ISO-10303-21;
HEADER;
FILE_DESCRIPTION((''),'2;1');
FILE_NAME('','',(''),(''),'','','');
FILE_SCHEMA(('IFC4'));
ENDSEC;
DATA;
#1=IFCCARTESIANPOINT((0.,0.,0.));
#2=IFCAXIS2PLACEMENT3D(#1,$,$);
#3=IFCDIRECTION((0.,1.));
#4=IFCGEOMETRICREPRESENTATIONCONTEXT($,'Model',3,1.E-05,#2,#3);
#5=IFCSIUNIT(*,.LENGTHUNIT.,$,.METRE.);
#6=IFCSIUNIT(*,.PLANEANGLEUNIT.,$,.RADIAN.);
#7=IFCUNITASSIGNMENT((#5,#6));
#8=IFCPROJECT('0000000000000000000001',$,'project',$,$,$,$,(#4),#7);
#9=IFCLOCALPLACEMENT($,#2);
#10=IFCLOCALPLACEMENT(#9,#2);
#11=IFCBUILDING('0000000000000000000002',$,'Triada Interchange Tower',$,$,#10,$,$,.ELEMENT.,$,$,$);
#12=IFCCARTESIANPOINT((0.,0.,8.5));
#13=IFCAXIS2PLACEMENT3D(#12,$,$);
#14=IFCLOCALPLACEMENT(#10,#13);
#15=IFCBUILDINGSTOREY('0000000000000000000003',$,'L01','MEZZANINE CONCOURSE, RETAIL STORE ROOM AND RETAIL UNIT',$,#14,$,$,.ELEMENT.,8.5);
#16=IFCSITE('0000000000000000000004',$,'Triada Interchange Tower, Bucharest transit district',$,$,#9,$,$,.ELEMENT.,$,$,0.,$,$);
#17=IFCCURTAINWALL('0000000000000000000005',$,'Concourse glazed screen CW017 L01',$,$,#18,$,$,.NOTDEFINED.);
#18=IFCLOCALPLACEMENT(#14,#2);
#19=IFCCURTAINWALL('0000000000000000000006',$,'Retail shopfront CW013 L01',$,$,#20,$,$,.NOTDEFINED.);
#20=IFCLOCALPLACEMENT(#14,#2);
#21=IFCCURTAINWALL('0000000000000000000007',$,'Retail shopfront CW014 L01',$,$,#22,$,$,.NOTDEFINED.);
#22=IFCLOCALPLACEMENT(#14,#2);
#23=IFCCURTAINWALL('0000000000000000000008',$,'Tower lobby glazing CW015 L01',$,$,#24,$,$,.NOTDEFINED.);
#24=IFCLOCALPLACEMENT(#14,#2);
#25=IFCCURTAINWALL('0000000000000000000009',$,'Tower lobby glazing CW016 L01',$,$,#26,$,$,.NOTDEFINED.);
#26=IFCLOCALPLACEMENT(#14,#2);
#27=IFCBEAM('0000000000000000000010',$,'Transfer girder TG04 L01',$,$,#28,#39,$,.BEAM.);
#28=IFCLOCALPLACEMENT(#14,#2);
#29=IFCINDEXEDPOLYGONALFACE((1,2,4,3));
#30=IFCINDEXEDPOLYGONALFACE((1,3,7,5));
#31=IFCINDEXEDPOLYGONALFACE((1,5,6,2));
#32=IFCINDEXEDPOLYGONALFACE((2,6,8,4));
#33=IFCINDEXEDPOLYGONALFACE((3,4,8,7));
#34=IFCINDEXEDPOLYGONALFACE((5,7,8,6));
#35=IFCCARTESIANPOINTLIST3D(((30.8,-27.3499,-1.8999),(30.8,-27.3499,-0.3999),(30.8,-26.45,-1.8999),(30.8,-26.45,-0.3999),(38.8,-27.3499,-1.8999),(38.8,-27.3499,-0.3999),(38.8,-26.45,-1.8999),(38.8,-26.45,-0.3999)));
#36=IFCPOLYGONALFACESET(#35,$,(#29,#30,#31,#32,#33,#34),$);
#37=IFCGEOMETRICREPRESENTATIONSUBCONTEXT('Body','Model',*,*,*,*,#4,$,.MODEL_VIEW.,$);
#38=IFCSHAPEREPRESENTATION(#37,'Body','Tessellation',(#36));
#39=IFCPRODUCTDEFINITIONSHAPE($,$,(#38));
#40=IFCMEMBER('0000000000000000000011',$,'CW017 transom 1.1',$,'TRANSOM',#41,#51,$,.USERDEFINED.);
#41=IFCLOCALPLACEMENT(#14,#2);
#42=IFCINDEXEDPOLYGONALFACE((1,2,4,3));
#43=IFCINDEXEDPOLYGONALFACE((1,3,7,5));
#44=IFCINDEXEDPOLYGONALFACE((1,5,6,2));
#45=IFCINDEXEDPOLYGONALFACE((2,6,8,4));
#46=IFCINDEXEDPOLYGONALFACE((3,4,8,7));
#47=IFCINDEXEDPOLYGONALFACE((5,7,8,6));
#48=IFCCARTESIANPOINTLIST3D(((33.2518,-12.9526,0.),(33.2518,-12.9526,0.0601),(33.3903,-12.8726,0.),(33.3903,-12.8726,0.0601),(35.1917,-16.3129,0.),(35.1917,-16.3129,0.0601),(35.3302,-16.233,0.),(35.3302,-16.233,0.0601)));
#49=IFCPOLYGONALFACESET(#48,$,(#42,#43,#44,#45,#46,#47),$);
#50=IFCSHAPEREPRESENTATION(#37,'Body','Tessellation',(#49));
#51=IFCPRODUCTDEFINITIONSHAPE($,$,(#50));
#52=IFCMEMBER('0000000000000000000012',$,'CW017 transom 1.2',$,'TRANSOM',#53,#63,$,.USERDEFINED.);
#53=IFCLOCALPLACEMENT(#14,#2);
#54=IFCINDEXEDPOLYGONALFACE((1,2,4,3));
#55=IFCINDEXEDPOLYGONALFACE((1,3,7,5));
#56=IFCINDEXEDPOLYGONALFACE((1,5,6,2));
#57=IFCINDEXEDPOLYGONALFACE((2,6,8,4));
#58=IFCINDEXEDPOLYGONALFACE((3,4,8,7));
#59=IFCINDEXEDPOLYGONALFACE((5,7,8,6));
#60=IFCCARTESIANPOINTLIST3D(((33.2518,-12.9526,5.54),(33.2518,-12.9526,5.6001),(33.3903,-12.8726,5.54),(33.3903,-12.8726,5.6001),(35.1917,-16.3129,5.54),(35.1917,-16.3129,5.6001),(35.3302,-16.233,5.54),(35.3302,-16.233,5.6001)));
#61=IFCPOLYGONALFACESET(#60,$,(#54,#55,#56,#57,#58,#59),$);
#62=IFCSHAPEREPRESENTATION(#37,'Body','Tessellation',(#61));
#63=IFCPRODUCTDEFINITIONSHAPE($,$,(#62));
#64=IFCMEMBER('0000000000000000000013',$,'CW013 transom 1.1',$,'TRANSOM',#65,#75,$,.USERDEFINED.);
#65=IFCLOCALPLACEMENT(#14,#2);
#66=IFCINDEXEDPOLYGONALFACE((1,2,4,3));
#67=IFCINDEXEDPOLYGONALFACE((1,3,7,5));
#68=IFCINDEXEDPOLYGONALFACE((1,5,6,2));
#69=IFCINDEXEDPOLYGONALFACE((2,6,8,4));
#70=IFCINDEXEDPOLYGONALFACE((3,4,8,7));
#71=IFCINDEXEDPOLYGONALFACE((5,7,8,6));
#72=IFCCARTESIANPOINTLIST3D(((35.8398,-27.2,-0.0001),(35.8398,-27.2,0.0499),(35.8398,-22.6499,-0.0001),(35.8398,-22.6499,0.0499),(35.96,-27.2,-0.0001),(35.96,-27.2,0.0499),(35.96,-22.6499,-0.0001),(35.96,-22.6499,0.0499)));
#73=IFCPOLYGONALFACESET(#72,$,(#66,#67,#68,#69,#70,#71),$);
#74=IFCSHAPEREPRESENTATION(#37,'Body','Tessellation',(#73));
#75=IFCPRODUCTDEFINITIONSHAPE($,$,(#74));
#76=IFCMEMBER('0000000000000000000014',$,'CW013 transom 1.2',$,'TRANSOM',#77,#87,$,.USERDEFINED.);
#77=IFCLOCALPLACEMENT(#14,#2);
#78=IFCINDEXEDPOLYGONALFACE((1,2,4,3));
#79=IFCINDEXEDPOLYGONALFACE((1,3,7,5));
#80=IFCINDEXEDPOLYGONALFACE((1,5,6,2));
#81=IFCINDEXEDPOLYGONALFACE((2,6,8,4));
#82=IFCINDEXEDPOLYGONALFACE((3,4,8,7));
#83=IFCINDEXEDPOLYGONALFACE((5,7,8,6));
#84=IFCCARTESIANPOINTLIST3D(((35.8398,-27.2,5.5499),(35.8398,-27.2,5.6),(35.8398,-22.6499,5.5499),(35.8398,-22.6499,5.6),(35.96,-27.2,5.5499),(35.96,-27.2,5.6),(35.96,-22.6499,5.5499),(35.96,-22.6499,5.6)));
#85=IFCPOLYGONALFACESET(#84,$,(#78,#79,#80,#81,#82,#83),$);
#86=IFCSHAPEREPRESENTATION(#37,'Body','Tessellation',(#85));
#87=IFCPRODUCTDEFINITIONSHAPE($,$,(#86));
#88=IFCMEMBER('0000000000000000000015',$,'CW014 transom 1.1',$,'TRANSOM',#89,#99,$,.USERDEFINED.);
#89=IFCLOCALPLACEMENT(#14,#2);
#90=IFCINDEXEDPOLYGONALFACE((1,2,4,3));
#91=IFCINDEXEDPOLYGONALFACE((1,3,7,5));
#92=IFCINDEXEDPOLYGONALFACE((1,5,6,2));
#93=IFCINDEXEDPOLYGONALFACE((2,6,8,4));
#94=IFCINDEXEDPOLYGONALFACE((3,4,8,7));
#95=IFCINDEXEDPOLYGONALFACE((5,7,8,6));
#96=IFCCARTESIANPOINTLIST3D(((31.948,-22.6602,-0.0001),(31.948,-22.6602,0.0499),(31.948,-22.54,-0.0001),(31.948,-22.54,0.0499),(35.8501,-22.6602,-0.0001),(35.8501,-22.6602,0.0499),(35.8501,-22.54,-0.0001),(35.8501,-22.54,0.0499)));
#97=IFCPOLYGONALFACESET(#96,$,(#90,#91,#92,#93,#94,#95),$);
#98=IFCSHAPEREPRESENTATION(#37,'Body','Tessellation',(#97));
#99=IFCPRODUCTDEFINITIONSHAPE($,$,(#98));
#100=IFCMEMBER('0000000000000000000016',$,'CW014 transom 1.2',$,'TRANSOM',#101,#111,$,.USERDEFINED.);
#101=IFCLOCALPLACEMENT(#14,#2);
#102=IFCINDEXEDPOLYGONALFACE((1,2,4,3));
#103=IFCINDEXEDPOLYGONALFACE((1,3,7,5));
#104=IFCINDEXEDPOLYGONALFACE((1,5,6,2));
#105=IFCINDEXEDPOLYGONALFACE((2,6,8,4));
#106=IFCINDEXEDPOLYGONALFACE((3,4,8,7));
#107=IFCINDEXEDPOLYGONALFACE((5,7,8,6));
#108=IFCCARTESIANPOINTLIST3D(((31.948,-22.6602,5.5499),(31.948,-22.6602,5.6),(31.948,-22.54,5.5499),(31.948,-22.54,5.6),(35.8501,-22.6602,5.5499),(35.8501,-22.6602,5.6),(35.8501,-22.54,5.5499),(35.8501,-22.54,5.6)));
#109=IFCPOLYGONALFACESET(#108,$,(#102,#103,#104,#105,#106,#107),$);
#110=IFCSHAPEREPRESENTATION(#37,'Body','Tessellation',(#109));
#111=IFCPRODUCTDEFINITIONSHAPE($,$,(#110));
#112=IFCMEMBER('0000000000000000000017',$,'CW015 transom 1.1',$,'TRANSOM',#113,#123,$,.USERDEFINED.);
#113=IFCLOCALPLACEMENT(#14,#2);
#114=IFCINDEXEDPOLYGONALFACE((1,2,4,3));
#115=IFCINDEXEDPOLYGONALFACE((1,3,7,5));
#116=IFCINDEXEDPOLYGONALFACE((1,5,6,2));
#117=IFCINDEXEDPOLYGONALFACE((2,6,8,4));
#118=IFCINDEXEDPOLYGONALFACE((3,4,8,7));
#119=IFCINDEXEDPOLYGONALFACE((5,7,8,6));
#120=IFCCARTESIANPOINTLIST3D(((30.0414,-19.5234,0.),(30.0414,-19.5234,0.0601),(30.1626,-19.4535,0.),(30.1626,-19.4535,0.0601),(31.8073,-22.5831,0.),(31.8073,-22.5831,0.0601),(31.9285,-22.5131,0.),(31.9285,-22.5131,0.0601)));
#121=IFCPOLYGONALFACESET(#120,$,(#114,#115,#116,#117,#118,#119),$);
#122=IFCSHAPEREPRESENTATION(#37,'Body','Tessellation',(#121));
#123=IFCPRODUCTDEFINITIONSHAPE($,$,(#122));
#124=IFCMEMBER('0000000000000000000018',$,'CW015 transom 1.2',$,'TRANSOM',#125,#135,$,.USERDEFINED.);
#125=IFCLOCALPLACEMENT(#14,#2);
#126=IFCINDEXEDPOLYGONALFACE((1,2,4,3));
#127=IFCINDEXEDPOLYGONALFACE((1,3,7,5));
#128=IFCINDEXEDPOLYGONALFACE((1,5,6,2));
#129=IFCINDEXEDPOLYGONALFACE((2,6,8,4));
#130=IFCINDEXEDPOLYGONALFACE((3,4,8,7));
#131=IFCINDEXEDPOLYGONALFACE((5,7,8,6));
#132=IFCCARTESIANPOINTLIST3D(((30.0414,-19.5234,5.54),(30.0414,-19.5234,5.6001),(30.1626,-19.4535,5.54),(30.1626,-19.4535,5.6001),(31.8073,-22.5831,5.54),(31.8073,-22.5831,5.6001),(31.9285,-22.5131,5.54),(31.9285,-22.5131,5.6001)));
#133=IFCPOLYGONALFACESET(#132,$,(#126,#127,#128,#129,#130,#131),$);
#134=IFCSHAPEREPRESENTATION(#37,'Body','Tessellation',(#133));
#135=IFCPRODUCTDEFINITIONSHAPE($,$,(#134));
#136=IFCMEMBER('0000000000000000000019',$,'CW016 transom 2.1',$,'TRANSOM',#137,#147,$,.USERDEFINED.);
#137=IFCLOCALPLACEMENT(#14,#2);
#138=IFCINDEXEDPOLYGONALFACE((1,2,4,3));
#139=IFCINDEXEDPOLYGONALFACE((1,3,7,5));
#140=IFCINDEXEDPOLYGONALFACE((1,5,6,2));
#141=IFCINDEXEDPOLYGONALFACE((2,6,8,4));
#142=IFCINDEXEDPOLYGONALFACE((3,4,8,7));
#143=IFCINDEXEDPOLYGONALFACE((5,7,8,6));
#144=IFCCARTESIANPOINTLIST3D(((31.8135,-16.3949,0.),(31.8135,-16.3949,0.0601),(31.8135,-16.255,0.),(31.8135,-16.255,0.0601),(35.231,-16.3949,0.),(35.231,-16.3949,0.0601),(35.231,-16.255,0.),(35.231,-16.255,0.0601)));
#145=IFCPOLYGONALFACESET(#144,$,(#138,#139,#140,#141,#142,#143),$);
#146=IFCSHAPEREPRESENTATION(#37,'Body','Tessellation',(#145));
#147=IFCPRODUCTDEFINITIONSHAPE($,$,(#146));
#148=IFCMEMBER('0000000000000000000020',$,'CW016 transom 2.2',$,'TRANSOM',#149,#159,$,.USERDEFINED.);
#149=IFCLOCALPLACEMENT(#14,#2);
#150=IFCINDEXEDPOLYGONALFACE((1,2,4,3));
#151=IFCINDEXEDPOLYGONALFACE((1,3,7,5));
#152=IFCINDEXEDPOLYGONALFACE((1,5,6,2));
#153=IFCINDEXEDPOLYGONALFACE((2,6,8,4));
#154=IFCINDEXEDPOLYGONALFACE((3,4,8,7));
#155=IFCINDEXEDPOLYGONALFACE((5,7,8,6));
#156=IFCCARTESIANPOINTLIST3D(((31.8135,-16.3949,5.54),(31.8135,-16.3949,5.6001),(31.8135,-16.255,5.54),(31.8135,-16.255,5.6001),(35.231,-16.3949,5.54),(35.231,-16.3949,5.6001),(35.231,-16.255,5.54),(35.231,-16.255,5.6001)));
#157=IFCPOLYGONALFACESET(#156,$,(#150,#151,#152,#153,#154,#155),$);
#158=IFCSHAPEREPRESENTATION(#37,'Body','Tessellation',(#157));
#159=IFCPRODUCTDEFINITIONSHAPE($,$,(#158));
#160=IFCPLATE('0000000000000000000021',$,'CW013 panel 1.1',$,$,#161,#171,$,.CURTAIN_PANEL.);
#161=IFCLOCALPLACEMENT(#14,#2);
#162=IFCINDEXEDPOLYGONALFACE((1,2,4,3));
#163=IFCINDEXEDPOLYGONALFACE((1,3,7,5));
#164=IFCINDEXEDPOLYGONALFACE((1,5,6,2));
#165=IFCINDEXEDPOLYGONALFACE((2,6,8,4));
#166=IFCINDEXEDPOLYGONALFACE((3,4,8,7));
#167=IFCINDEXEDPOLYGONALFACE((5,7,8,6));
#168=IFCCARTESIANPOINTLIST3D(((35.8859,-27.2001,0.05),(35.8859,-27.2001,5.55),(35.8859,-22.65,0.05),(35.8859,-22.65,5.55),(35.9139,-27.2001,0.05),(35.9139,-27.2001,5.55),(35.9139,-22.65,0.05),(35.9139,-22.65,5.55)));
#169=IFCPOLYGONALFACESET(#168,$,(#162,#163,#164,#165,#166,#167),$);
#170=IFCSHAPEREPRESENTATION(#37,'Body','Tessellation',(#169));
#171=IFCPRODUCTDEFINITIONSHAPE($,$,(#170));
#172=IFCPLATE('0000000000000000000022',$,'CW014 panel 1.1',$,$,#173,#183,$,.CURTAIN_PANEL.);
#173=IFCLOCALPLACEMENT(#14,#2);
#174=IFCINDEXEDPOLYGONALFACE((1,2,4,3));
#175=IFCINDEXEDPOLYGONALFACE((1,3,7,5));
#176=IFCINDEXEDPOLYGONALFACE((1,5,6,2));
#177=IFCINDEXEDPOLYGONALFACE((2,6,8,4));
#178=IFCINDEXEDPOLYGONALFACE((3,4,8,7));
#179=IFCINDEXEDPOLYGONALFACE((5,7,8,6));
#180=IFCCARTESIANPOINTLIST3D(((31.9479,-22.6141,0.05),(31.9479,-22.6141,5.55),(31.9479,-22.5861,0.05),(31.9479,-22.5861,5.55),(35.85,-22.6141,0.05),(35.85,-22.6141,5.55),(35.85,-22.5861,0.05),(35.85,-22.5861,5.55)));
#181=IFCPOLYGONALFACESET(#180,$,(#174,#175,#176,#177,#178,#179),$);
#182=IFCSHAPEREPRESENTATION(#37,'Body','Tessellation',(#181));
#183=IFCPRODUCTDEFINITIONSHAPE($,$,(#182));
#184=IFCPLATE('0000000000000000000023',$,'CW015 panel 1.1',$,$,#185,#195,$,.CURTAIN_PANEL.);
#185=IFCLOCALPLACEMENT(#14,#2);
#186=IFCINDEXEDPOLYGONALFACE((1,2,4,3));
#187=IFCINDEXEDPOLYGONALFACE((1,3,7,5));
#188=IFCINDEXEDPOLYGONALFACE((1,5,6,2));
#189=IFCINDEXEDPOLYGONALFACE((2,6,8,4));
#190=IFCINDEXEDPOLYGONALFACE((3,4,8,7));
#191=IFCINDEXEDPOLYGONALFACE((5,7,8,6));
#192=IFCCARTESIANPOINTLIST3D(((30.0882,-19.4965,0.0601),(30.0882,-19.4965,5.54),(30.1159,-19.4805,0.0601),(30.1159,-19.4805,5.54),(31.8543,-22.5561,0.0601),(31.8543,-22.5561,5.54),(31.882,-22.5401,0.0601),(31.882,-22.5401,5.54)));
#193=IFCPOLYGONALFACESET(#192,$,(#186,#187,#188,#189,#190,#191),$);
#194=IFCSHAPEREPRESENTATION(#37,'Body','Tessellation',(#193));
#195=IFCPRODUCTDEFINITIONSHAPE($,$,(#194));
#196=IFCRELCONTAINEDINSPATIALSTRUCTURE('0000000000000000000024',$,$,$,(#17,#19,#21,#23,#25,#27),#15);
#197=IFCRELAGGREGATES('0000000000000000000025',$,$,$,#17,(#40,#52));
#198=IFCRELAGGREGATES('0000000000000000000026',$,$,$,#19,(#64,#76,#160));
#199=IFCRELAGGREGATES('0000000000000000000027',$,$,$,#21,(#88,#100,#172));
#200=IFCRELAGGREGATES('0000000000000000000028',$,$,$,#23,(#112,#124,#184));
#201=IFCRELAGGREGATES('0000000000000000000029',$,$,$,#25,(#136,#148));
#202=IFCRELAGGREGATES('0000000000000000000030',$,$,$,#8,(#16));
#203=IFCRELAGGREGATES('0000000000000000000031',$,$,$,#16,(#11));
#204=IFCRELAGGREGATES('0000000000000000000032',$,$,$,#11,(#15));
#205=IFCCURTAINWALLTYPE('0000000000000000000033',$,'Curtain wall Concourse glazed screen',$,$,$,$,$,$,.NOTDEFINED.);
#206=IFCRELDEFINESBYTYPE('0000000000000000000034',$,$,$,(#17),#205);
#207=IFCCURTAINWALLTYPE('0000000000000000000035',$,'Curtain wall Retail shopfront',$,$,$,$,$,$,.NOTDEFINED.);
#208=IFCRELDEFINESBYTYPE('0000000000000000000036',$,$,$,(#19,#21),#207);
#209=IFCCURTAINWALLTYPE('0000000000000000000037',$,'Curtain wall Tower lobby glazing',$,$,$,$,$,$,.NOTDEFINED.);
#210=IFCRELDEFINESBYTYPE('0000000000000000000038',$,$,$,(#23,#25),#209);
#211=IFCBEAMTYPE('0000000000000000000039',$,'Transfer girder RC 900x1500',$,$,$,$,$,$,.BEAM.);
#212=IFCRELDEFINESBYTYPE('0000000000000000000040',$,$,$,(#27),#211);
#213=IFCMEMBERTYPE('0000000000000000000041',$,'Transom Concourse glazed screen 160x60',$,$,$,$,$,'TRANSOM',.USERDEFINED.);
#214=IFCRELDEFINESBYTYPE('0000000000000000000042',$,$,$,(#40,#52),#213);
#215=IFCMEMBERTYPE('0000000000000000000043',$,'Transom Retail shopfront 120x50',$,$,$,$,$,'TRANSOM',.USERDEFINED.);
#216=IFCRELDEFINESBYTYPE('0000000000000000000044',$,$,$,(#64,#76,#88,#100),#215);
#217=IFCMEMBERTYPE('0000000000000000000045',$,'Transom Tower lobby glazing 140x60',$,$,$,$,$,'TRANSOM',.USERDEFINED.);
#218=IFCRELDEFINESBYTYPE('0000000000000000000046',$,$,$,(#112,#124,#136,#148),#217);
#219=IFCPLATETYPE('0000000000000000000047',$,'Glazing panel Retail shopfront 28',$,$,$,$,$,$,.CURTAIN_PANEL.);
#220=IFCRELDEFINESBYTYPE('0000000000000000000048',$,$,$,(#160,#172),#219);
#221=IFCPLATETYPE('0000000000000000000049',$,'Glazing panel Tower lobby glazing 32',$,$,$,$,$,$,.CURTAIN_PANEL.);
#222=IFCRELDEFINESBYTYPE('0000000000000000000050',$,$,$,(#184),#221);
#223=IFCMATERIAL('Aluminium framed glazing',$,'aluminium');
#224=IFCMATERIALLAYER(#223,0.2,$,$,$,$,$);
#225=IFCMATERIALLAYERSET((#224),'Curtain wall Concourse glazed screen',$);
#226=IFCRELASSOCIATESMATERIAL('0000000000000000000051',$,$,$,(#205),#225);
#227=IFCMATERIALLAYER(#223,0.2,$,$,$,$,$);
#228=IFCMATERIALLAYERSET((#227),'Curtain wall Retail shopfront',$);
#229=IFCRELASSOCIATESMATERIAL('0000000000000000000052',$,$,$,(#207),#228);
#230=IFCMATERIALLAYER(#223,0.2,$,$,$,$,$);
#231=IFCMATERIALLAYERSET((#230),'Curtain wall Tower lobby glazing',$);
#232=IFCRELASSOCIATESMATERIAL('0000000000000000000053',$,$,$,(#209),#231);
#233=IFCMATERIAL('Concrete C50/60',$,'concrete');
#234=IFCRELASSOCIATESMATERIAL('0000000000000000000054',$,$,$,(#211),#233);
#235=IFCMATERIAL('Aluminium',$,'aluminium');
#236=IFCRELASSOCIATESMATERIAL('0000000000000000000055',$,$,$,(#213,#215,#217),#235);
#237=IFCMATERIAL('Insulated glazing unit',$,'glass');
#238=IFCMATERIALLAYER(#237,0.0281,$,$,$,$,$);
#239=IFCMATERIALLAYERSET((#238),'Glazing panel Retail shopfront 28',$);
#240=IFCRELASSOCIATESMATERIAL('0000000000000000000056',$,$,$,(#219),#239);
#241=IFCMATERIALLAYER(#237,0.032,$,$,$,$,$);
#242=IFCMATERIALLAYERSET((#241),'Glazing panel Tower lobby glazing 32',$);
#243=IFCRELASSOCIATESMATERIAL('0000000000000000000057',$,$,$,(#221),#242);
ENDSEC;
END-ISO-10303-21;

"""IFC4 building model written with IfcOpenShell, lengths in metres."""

from ifc_helpers import new_model, si_unit, direction, frame, origin, origin_2d, place, context, subcontext, project, spatial, rectangle, extrude, material, layer, layer_set, material_profile, profile_set, type_object, element, aggregate, save


model = new_model("IFC4")

# Units and contexts
model_context = context("Model", 3, precision=1e-05, world=origin(), true_north=direction((0.0, 1.0)))
body_context = subcontext(model_context, "Body", "Model", "MODEL_VIEW")
ifc_project = project(units=[si_unit("LENGTHUNIT", "METRE"), si_unit("PLANEANGLEUNIT", "RADIAN")], contexts=[model_context])

# Site, building, storey
site_placement = place(None, origin())
site = spatial("IfcSite", under=ifc_project, at=site_placement, Name="Triada Interchange Tower, Bucharest transit district", CompositionType="ELEMENT", RefElevation=0.0)
building_placement = place(site_placement, origin())
building = spatial("IfcBuilding", under=site, at=building_placement, Name="Triada Interchange Tower", CompositionType="ELEMENT")
storey_placement = place(building_placement, frame((0.0, 0.0, 8.5)))
storey = spatial("IfcBuildingStorey", under=building, at=storey_placement, Name="L01", Description="MEZZANINE CONCOURSE, RETAIL STORE ROOM AND RETAIL UNIT", CompositionType="ELEMENT", Elevation=8.5)

# Shared definitions
ifc_material_1 = material(Name="Concrete C50/60", Category="concrete")

# Curtain wall
ifc_material_2 = material(Name="Aluminium framed glazing", Category="aluminium")
ifc_layer_1 = layer(ifc_material_2, 0.2)
ifc_layer_set_1 = layer_set([ifc_layer_1], Name="Curtain wall Concourse glazed screen")
curtain_wall_type_1 = type_object("IfcCurtainWallType", Name="Curtain wall Concourse glazed screen", PredefinedType="NOTDEFINED", material=ifc_layer_set_1)
curtain_wall_1_placement = place(storey_placement, origin())
curtain_wall_1 = element("IfcCurtainWall", 1, at=curtain_wall_1_placement, inside=storey, type_object=curtain_wall_type_1, Name="Concourse glazed screen CW017 L01", PredefinedType="NOTDEFINED")
ifc_material_3 = material(Name="Aluminium", Category="aluminium")

# Curtain walls
ifc_layer_2 = layer(ifc_material_2, 0.2)
ifc_layer_set_2 = layer_set([ifc_layer_2], Name="Curtain wall Retail shopfront")
curtain_wall_type_2 = type_object("IfcCurtainWallType", Name="Curtain wall Retail shopfront", PredefinedType="NOTDEFINED", material=ifc_layer_set_2)
curtain_wall_2_placement = place(storey_placement, origin())
curtain_wall_2 = element("IfcCurtainWall", 2, at=curtain_wall_2_placement, inside=storey, type_object=curtain_wall_type_2, Name="Retail shopfront CW013 L01", PredefinedType="NOTDEFINED")
curtain_wall_3_placement = place(storey_placement, origin())
curtain_wall_3 = element("IfcCurtainWall", 3, at=curtain_wall_3_placement, inside=storey, type_object=curtain_wall_type_2, Name="Retail shopfront CW014 L01", PredefinedType="NOTDEFINED")

# Curtain wall
ifc_layer_3 = layer(ifc_material_2, 0.2)
ifc_layer_set_3 = layer_set([ifc_layer_3], Name="Curtain wall Tower lobby glazing")
curtain_wall_type_3 = type_object("IfcCurtainWallType", Name="Curtain wall Tower lobby glazing", PredefinedType="NOTDEFINED", material=ifc_layer_set_3)
curtain_wall_4_placement = place(storey_placement, origin())
curtain_wall_4 = element("IfcCurtainWall", 4, at=curtain_wall_4_placement, inside=storey, type_object=curtain_wall_type_3, Name="Tower lobby glazing CW015 L01", PredefinedType="NOTDEFINED")

# Curtain wall
curtain_wall_5_placement = place(storey_placement, origin())
curtain_wall_5 = element("IfcCurtainWall", 5, at=curtain_wall_5_placement, inside=storey, type_object=curtain_wall_type_3, Name="Tower lobby glazing CW016 L01", PredefinedType="NOTDEFINED")

# Beam
ifc_material_profile_1 = material_profile(ifc_material_1, rectangle(XDim=0.8999, YDim=1.5, at=origin_2d()), Name="RC 900x1500")
ifc_profile_set_1 = profile_set([ifc_material_profile_1], Name="Concrete C50/60")
beam_type = type_object("IfcBeamType", Name="Transfer girder RC 900x1500", PredefinedType="BEAM", material=ifc_profile_set_1)
beam_placement = place(storey_placement, frame((38.8, -26.8999, -1.1499), z_axis=(-1.0, 0.0, 0.0), x_axis=(0.0, -1.0, 0.0)))
element("IfcBeam", 6, at=beam_placement, inside=storey, type_object=beam_type, Name="Transfer girder TG04 L01", PredefinedType="BEAM", context=body_context, shape_type="SweptSolid", body=[
    extrude(rectangle(XDim=0.8999, YDim=1.5, at=origin_2d()), origin(), (0.0, 0.0, 1.0), 8.0),
])

# Members
ifc_material_profile_2 = material_profile(ifc_material_3, rectangle(XDim=0.1599, YDim=0.0601, at=origin_2d()), Name="Aluminium transom")
ifc_profile_set_2 = profile_set([ifc_material_profile_2], Name="Aluminium")
member_type_1 = type_object("IfcMemberType", Name="Transom Concourse glazed screen 160x60", ElementType="TRANSOM", PredefinedType="USERDEFINED", material=ifc_profile_set_2)
member_1_placement = place(storey_placement, frame((35.261, -16.2729, 0.03), z_axis=(-0.499969, 0.866043, 0.0), x_axis=(-0.866043, -0.499969, 0.0)))
member_1 = element("IfcMember", 7, at=member_1_placement, type_object=member_type_1, Name="CW017 transom 1.1", ObjectType="TRANSOM", PredefinedType="USERDEFINED", context=body_context, shape_type="SweptSolid", body=[
    extrude(rectangle(XDim=0.1599, YDim=0.0601, at=origin_2d()), origin(), (0.0, 0.0, 1.0), 3.8801),
])
member_2_placement = place(storey_placement, frame((35.261, -16.2729, 5.5701), z_axis=(-0.499969, 0.866043, 0.0), x_axis=(-0.866043, -0.499969, 0.0)))
member_2 = element("IfcMember", 8, at=member_2_placement, type_object=member_type_1, Name="CW017 transom 1.2", ObjectType="TRANSOM", PredefinedType="USERDEFINED", context=body_context, shape_type="SweptSolid", body=[
    extrude(rectangle(XDim=0.1599, YDim=0.0601, at=origin_2d()), origin(), (0.0, 0.0, 1.0), 3.8801),
])
aggregate(curtain_wall_1, [member_1, member_2])
ifc_material_profile_3 = material_profile(ifc_material_3, rectangle(XDim=0.1201, YDim=0.05, at=origin_2d()), Name="Aluminium transom")
ifc_profile_set_3 = profile_set([ifc_material_profile_3], Name="Aluminium")
member_type_2 = type_object("IfcMemberType", Name="Transom Retail shopfront 120x50", ElementType="TRANSOM", PredefinedType="USERDEFINED", material=ifc_profile_set_3)
member_3_placement = place(storey_placement, frame((35.8999, -27.2, 0.0249), z_axis=(0.0, 1.0, 0.0), x_axis=(-1.0, 0.0, 0.0)))
member_3 = element("IfcMember", 9, at=member_3_placement, type_object=member_type_2, Name="CW013 transom 1.1", ObjectType="TRANSOM", PredefinedType="USERDEFINED", context=body_context, shape_type="SweptSolid", body=[
    extrude(rectangle(XDim=0.1201, YDim=0.05, at=origin_2d()), origin(), (0.0, 0.0, 1.0), 4.55),
])
member_4_placement = place(storey_placement, frame((35.8999, -27.2, 5.575), z_axis=(0.0, 1.0, 0.0), x_axis=(-1.0, 0.0, 0.0)))
member_4 = element("IfcMember", 10, at=member_4_placement, type_object=member_type_2, Name="CW013 transom 1.2", ObjectType="TRANSOM", PredefinedType="USERDEFINED", context=body_context, shape_type="SweptSolid", body=[
    extrude(rectangle(XDim=0.1201, YDim=0.05, at=origin_2d()), origin(), (0.0, 0.0, 1.0), 4.55),
])
member_5_placement = place(storey_placement, frame((35.8501, -22.6001, 0.0249), z_axis=(-1.0, 0.0, 0.0), x_axis=(0.0, -1.0, 0.0)))
member_5 = element("IfcMember", 11, at=member_5_placement, type_object=member_type_2, Name="CW014 transom 1.1", ObjectType="TRANSOM", PredefinedType="USERDEFINED", context=body_context, shape_type="SweptSolid", body=[
    extrude(rectangle(XDim=0.1201, YDim=0.05, at=origin_2d()), origin(), (0.0, 0.0, 1.0), 3.9021),
])
member_6_placement = place(storey_placement, frame((35.8501, -22.6001, 5.575), z_axis=(-1.0, 0.0, 0.0), x_axis=(0.0, -1.0, 0.0)))
member_6 = element("IfcMember", 12, at=member_6_placement, type_object=member_type_2, Name="CW014 transom 1.2", ObjectType="TRANSOM", PredefinedType="USERDEFINED", context=body_context, shape_type="SweptSolid", body=[
    extrude(rectangle(XDim=0.1201, YDim=0.05, at=origin_2d()), origin(), (0.0, 0.0, 1.0), 3.9021),
])
ifc_material_profile_4 = material_profile(ifc_material_3, rectangle(XDim=0.1399, YDim=0.0601, at=origin_2d()), Name="Aluminium transom")
ifc_profile_set_4 = profile_set([ifc_material_profile_4], Name="Aluminium")
member_type_3 = type_object("IfcMemberType", Name="Transom Tower lobby glazing 140x60", ElementType="TRANSOM", PredefinedType="USERDEFINED", material=ifc_profile_set_4)
member_7_placement = place(storey_placement, frame((31.8679, -22.5481, 0.03), z_axis=(-0.499878, 0.866096, 0.0), x_axis=(-0.866096, -0.499878, 0.0)))
member_7 = element("IfcMember", 13, at=member_7_placement, type_object=member_type_3, Name="CW015 transom 1.1", ObjectType="TRANSOM", PredefinedType="USERDEFINED", context=body_context, shape_type="SweptSolid", body=[
    extrude(rectangle(XDim=0.1399, YDim=0.0601, at=origin_2d()), origin(), (0.0, 0.0, 1.0), 3.5327),
])
member_8_placement = place(storey_placement, frame((31.8679, -22.5481, 5.5701), z_axis=(-0.499878, 0.866096, 0.0), x_axis=(-0.866096, -0.499878, 0.0)))
member_8 = element("IfcMember", 14, at=member_8_placement, type_object=member_type_3, Name="CW015 transom 1.2", ObjectType="TRANSOM", PredefinedType="USERDEFINED", context=body_context, shape_type="SweptSolid", body=[
    extrude(rectangle(XDim=0.1399, YDim=0.0601, at=origin_2d()), origin(), (0.0, 0.0, 1.0), 3.5327),
])
member_9_placement = place(storey_placement, frame((31.8135, -16.325, 0.03), z_axis=(1.0, 0.0, 0.0), x_axis=(0.0, 1.0, 0.0)))
member_9 = element("IfcMember", 15, at=member_9_placement, type_object=member_type_3, Name="CW016 transom 2.1", ObjectType="TRANSOM", PredefinedType="USERDEFINED", context=body_context, shape_type="SweptSolid", body=[
    extrude(rectangle(XDim=0.1399, YDim=0.0601, at=origin_2d()), origin(), (0.0, 0.0, 1.0), 3.4175),
])
member_10_placement = place(storey_placement, frame((31.8135, -16.325, 5.5701), z_axis=(1.0, 0.0, 0.0), x_axis=(0.0, 1.0, 0.0)))
member_10 = element("IfcMember", 16, at=member_10_placement, type_object=member_type_3, Name="CW016 transom 2.2", ObjectType="TRANSOM", PredefinedType="USERDEFINED", context=body_context, shape_type="SweptSolid", body=[
    extrude(rectangle(XDim=0.1399, YDim=0.0601, at=origin_2d()), origin(), (0.0, 0.0, 1.0), 3.4175),
])

# Plates
ifc_material_4 = material(Name="Insulated glazing unit", Category="glass")
ifc_layer_4 = layer(ifc_material_4, 0.0281)
ifc_layer_set_4 = layer_set([ifc_layer_4], Name="Glazing panel Retail shopfront 28")
plate_type_1 = type_object("IfcPlateType", Name="Glazing panel Retail shopfront 28", PredefinedType="CURTAIN_PANEL", material=ifc_layer_set_4)
plate_1_placement = place(storey_placement, frame((35.8999, -24.925, 0.05), z_axis=(0.0, 0.0, 1.0), x_axis=(0.0, 1.0, 0.0)))
plate_1 = element("IfcPlate", 17, at=plate_1_placement, type_object=plate_type_1, Name="CW013 panel 1.1", PredefinedType="CURTAIN_PANEL", context=body_context, shape_type="SweptSolid", body=[
    extrude(rectangle(XDim=4.55, YDim=0.0281, at=origin_2d()), origin(), (0.0, 0.0, 1.0), 5.5),
])
aggregate(curtain_wall_2, [member_3, member_4, plate_1])
plate_2_placement = place(storey_placement, frame((33.8989, -22.6001, 0.05), z_axis=(0.0, 0.0, 1.0), x_axis=(-1.0, 0.0, 0.0)))
plate_2 = element("IfcPlate", 18, at=plate_2_placement, type_object=plate_type_1, Name="CW014 panel 1.1", PredefinedType="CURTAIN_PANEL", context=body_context, shape_type="SweptSolid", body=[
    extrude(rectangle(XDim=3.9021, YDim=0.0281, at=origin_2d()), origin(), (0.0, 0.0, 1.0), 5.5),
])
aggregate(curtain_wall_3, [member_5, member_6, plate_2])
ifc_layer_5 = layer(ifc_material_4, 0.032)
ifc_layer_set_5 = layer_set([ifc_layer_5], Name="Glazing panel Tower lobby glazing 32")
plate_type_2 = type_object("IfcPlateType", Name="Glazing panel Tower lobby glazing 32", PredefinedType="CURTAIN_PANEL", material=ifc_layer_set_5)
plate_3_placement = place(storey_placement, frame((30.9851, -21.0183, 0.0601), z_axis=(0.0, 0.0, 1.0), x_axis=(-0.49991, 0.866078, 0.0)))
plate_3 = element("IfcPlate", 19, at=plate_3_placement, type_object=plate_type_2, Name="CW015 panel 1.1", PredefinedType="CURTAIN_PANEL", context=body_context, shape_type="SweptSolid", body=[
    extrude(rectangle(XDim=3.5327, YDim=0.032, at=origin_2d()), origin(), (0.0, 0.0, 1.0), 5.48),
])
aggregate(curtain_wall_4, [member_7, member_8, plate_3])
aggregate(curtain_wall_5, [member_9, member_10])

save(model, "model.ifc")
